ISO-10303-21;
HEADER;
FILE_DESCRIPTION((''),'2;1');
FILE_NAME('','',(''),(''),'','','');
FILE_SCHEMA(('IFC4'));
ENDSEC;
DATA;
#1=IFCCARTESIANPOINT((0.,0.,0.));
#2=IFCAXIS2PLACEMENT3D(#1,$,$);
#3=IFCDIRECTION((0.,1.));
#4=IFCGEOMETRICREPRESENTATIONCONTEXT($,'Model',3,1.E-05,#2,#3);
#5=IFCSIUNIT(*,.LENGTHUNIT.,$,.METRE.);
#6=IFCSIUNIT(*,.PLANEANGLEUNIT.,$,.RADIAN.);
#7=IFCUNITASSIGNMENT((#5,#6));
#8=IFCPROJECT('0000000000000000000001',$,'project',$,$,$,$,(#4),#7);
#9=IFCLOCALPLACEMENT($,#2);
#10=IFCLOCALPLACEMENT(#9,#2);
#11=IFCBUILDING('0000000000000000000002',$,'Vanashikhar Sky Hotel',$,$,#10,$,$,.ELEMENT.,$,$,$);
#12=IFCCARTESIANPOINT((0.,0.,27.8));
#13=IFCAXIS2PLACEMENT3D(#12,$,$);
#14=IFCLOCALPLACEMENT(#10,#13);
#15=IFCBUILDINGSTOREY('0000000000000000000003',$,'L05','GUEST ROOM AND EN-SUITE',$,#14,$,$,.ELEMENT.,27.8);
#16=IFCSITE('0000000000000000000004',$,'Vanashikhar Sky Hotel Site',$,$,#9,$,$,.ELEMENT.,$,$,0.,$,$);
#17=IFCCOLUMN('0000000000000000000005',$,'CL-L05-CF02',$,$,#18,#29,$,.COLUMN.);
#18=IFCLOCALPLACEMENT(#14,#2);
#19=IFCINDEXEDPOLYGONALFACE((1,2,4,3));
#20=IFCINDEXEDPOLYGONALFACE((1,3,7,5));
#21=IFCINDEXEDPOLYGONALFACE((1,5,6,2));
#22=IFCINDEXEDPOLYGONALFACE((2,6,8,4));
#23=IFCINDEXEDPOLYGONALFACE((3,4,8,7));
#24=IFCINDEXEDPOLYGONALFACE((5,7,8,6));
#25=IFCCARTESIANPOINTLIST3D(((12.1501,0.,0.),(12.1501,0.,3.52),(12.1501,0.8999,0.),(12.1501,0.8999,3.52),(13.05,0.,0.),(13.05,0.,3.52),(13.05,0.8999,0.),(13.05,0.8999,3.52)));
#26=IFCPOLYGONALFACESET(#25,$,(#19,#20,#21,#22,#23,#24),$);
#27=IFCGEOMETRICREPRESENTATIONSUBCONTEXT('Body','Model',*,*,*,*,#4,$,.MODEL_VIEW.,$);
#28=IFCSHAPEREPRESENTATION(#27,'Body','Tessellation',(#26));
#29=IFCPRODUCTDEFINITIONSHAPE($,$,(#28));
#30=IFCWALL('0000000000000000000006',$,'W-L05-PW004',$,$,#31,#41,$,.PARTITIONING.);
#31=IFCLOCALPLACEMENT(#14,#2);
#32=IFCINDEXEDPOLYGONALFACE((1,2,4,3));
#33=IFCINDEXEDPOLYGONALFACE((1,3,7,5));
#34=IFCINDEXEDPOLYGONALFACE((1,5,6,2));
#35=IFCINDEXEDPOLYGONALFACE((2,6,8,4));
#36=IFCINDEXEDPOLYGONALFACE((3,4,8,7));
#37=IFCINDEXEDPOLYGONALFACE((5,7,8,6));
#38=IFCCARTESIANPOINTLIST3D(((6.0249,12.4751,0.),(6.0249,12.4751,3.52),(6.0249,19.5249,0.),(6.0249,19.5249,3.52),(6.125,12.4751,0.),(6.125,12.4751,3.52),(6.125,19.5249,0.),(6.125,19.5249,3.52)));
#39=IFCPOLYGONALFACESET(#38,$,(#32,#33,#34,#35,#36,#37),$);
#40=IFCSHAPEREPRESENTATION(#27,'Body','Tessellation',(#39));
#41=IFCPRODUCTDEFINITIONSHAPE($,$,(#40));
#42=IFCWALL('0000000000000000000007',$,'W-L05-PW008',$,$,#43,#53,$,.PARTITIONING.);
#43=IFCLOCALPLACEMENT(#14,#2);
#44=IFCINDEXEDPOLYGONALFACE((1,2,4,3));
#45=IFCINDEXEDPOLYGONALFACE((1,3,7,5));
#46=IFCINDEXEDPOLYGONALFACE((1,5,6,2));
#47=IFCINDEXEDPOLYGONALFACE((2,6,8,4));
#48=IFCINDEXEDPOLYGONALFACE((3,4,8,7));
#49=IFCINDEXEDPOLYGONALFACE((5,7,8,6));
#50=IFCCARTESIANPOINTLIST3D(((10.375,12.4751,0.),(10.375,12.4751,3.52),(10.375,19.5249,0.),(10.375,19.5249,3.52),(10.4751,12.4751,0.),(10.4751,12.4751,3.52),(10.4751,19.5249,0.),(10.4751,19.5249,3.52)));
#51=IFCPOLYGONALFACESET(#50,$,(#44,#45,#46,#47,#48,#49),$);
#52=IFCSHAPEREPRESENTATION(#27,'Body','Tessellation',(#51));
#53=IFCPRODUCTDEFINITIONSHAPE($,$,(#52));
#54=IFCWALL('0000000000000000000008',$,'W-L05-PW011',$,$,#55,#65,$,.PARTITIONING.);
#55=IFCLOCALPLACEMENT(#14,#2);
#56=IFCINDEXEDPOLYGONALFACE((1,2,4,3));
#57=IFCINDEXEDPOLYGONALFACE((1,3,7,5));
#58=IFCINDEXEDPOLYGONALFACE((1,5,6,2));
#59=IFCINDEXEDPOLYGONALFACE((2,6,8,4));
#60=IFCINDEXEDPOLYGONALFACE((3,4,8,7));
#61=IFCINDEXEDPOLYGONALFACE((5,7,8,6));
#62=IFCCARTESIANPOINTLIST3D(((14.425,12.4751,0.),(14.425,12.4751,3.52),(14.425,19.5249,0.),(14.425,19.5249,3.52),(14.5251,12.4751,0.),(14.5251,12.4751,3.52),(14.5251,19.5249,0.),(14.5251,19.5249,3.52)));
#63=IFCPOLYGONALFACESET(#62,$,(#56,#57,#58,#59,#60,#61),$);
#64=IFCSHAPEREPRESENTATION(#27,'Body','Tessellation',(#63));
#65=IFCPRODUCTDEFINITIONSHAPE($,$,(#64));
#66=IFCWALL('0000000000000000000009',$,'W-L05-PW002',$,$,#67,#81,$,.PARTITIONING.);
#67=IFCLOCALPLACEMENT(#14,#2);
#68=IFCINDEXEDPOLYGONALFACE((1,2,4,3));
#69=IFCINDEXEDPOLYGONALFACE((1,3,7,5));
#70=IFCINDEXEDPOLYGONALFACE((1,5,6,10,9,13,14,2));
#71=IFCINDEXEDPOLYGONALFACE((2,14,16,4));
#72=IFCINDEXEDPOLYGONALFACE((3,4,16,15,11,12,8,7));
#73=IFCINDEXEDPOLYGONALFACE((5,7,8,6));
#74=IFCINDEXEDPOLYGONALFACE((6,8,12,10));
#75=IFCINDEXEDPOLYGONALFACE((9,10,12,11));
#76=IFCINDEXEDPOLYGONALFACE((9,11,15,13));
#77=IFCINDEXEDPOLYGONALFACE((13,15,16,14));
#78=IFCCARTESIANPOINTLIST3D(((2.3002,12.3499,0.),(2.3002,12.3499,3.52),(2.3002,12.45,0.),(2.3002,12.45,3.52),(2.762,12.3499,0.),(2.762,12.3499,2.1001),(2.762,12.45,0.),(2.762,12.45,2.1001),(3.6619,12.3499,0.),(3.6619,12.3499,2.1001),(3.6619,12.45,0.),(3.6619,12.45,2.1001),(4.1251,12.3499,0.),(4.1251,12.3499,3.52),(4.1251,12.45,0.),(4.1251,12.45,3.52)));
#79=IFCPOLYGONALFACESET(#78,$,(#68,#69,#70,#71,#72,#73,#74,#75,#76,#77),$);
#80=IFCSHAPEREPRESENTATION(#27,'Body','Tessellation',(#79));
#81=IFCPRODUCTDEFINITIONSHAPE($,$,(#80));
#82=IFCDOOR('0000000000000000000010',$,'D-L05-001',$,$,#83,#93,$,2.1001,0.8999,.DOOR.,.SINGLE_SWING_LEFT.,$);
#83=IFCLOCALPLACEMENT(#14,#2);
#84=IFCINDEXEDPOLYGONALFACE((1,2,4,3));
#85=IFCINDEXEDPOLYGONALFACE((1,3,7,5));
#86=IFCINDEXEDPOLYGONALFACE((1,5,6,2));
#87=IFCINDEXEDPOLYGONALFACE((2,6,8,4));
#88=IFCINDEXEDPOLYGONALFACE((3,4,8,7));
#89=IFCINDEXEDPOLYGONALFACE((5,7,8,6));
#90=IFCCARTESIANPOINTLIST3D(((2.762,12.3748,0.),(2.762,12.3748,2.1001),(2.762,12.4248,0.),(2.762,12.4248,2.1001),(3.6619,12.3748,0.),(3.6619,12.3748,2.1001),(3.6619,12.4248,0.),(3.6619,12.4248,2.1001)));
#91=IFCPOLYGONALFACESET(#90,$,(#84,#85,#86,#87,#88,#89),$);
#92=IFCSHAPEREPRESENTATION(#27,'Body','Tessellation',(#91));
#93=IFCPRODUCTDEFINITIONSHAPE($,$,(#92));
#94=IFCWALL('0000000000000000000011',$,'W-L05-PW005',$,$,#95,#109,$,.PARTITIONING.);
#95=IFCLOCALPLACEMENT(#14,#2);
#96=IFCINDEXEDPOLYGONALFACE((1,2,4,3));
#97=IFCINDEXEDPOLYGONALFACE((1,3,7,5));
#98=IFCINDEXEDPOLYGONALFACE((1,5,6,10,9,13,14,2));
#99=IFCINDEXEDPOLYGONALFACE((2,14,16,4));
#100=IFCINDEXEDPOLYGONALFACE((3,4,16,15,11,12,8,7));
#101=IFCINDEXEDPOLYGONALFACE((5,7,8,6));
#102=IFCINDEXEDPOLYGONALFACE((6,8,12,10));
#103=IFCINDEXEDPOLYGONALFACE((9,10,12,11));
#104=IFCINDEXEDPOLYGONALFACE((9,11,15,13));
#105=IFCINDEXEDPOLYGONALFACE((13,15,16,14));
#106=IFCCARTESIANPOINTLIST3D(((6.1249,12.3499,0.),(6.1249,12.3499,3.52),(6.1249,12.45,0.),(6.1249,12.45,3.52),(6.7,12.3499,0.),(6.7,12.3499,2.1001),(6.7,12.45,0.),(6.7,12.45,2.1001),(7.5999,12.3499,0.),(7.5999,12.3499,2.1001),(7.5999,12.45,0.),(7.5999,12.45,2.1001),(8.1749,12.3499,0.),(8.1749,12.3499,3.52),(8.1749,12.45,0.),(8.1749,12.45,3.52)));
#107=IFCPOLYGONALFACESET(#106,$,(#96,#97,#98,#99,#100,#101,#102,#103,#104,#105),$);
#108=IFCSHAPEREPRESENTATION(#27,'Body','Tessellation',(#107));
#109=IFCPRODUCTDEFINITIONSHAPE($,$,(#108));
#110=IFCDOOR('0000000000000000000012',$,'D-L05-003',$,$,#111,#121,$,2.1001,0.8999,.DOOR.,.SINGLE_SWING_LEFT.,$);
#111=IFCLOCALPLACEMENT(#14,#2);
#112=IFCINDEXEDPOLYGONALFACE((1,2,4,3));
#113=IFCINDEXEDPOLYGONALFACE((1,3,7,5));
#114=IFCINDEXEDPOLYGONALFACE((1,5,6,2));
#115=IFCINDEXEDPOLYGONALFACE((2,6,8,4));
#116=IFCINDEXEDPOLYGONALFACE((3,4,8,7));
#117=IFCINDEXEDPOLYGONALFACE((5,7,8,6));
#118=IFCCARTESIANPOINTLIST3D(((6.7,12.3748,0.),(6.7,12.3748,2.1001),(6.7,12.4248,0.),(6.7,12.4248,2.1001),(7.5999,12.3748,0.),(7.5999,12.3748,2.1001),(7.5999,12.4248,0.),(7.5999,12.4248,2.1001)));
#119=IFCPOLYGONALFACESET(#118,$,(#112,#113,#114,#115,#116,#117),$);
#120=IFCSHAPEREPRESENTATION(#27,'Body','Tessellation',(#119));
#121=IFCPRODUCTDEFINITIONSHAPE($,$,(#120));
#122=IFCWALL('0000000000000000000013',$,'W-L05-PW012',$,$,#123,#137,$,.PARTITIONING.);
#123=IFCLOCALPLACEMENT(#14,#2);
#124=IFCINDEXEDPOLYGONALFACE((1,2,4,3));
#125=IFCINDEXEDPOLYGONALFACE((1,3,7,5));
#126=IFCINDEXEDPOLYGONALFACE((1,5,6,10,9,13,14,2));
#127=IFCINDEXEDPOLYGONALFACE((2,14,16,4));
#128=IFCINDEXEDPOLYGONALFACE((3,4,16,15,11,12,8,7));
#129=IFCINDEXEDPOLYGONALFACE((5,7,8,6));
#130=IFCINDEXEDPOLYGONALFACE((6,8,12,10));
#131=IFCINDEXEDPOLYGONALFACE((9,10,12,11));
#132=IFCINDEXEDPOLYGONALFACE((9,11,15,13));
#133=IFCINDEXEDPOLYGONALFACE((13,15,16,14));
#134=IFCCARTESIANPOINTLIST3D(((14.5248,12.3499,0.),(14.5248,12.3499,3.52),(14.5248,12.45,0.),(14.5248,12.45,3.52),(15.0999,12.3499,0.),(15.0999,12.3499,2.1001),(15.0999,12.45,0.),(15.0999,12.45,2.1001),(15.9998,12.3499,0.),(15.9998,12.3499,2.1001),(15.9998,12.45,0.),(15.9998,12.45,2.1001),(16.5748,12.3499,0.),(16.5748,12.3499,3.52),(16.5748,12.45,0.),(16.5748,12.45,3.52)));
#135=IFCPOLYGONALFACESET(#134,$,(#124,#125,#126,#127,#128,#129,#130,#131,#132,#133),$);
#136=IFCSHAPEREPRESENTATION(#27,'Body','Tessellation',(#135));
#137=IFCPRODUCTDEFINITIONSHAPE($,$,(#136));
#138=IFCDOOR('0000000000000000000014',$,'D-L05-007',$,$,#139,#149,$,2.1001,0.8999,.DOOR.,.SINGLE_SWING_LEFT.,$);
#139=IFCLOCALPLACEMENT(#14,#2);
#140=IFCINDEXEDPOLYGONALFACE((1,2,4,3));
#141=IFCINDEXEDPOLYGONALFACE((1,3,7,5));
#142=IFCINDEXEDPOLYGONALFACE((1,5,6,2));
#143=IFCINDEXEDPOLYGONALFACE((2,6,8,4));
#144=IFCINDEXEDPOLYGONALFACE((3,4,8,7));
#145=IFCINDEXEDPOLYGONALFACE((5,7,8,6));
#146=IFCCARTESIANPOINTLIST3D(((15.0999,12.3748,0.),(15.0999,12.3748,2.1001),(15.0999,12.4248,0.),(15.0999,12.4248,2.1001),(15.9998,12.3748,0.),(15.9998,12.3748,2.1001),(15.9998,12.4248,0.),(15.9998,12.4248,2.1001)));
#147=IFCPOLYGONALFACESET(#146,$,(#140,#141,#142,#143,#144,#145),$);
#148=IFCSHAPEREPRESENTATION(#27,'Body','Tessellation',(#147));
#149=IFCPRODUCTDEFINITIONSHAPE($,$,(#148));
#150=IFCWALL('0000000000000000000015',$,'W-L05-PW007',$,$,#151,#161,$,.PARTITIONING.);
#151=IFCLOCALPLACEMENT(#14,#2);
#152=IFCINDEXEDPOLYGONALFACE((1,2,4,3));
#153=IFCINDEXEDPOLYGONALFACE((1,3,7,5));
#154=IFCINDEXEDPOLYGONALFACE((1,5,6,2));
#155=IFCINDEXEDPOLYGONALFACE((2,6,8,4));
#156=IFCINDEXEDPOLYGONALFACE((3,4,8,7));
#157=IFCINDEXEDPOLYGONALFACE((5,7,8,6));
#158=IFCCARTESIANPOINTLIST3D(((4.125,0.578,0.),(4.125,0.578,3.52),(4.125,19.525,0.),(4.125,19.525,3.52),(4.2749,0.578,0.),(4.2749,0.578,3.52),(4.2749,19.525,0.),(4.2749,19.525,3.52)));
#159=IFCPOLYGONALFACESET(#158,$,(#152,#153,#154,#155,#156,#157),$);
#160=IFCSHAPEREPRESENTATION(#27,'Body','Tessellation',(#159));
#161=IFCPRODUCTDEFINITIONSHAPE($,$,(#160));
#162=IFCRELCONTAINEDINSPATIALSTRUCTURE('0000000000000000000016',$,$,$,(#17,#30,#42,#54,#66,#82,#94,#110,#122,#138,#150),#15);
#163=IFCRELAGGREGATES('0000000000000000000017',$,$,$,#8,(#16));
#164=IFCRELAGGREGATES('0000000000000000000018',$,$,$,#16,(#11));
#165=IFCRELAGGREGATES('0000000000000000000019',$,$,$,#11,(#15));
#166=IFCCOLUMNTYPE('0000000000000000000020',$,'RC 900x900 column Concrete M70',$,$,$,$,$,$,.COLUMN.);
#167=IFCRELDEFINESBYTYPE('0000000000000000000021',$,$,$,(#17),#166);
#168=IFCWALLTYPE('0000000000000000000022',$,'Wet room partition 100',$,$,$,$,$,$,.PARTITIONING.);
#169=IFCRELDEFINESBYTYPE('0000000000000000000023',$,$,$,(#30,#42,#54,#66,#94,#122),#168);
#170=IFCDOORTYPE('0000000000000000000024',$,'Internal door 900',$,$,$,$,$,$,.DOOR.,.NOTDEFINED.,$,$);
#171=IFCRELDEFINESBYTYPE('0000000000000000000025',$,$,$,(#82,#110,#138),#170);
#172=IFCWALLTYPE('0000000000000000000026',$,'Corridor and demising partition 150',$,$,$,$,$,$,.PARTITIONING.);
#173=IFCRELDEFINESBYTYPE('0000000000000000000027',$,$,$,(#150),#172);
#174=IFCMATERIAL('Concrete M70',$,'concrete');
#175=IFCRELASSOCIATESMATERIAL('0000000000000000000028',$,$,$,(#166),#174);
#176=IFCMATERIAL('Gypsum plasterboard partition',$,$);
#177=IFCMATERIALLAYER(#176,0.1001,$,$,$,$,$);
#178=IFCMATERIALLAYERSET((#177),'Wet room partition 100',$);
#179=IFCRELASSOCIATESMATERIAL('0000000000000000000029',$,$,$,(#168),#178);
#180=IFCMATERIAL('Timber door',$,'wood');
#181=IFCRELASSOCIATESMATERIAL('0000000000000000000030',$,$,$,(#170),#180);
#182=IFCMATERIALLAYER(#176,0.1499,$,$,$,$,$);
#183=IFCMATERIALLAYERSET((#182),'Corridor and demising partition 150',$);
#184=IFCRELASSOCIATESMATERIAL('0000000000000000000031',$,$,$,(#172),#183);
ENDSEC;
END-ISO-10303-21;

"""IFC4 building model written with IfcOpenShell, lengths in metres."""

from ifc_helpers import new_model, si_unit, direction, frame, frame_2d, origin, origin_2d, place, context, subcontext, project, spatial, rectangle, extrude, source, transform, mapped, material, layer, layer_set, material_profile, profile_set, type_object, element, fill, save


model = new_model("IFC4")

# Units and contexts
model_context = context("Model", 3, precision=1e-05, world=origin(), true_north=direction((0.0, 1.0)))
body_context = subcontext(model_context, "Body", "Model", "MODEL_VIEW")
ifc_project = project(units=[si_unit("LENGTHUNIT", "METRE"), si_unit("PLANEANGLEUNIT", "RADIAN")], contexts=[model_context])

# Site, building, storey
site_placement = place(None, origin())
site = spatial("IfcSite", under=ifc_project, at=site_placement, Name="Vanashikhar Sky Hotel Site", CompositionType="ELEMENT", RefElevation=0.0)
building_placement = place(site_placement, origin())
building = spatial("IfcBuilding", under=site, at=building_placement, Name="Vanashikhar Sky Hotel", CompositionType="ELEMENT")
storey_placement = place(building_placement, frame((0.0, 0.0, 27.8)))
storey = spatial("IfcBuildingStorey", under=building, at=storey_placement, Name="L05", Description="GUEST ROOM AND EN-SUITE", CompositionType="ELEMENT", Elevation=27.8)

# Column
ifc_material_1 = material(Name="Concrete M70", Category="concrete")
ifc_material_profile = material_profile(ifc_material_1, rectangle(XDim=0.8999, YDim=0.8999, at=origin_2d()))
ifc_profile_set = profile_set([ifc_material_profile], Name="RC 900x900 column Concrete M70")
column_type = type_object("IfcColumnType", Name="RC 900x900 column Concrete M70", PredefinedType="COLUMN", material=ifc_profile_set)
shared_shape_1 = source(origin(), body_context, "Body", "SweptSolid", [
    extrude(rectangle(XDim=0.8999, YDim=0.8999, at=origin_2d()), origin(), (0.0, 0.0, 1.0), 3.52),
])
column_placement = place(storey_placement, frame((12.6001, 0.45, 0.0), z_axis=(0.0, 0.0, 1.0), x_axis=(1.0, 0.0, 0.0)))
element("IfcColumn", 1, at=column_placement, inside=storey, type_object=column_type, Name="CL-L05-CF02", PredefinedType="COLUMN", context=body_context, shape_type="MappedRepresentation", body=[
    mapped(shared_shape_1, transform((0.0, 0.0, 0.0), scale=1.0)),
])

# Walls
ifc_material_2 = material(Name="Gypsum plasterboard partition")
ifc_layer_1 = layer(ifc_material_2, 0.1001)
ifc_layer_set_1 = layer_set([ifc_layer_1], Name="Wet room partition 100")
wall_type_1 = type_object("IfcWallType", Name="Wet room partition 100", PredefinedType="PARTITIONING", material=ifc_layer_set_1)
shared_shape_2 = source(origin(), body_context, "Body", "SweptSolid", [
    extrude(rectangle(XDim=7.0498, YDim=0.1001, at=frame_2d((3.5249, 0.0))), origin(), (0.0, 0.0, 1.0), 3.52),
])
for number, where, z_axis, x_axis, name in (
    (2, (6.075, 12.4751, 0.0), (0.0, 0.0, 1.0), (0.0, 1.0, 0.0), "W-L05-PW004"),
    (3, (10.425, 12.4751, 0.0), (0.0, 0.0, 1.0), (0.0, 1.0, 0.0), "W-L05-PW008"),
    (4, (14.4751, 12.4751, 0.0), (0.0, 0.0, 1.0), (0.0, 1.0, 0.0), "W-L05-PW011"),
):
    element("IfcWall", number, at=place(storey_placement, frame(where, z_axis=z_axis, x_axis=x_axis)), inside=storey, type_object=wall_type_1, Name=name, PredefinedType="PARTITIONING", context=body_context, shape_type="MappedRepresentation", body=[
        mapped(shared_shape_2, transform((0.0, 0.0, 0.0), scale=1.0)),
    ])

# Walls, openings, doors
shared_shape_3 = source(origin(), body_context, "Body", "SweptSolid", [
    extrude(rectangle(XDim=1.825, YDim=0.1001, at=frame_2d((0.9126, 0.0))), origin(), (0.0, 0.0, 1.0), 3.52),
])
wall_1_placement = place(storey_placement, frame((2.3, 12.3999, 0.0), z_axis=(0.0, 0.0, 1.0), x_axis=(1.0, 0.0, 0.0)))
wall_1 = element("IfcWall", 5, at=wall_1_placement, inside=storey, type_object=wall_type_1, Name="W-L05-PW002", PredefinedType="PARTITIONING", context=body_context, shape_type="MappedRepresentation", body=[
    mapped(shared_shape_3, transform((0.0, 0.0, 0.0), scale=1.0)),
])
shared_shape_4 = source(origin(), body_context, "Body", "SweptSolid", [
    extrude(rectangle(XDim=0.8999, YDim=2.1001, at=frame_2d((0.45, 1.05))), frame((0.0, 0.0601, 0.0), z_axis=(0.0, -1.0, 0.0), x_axis=(1.0, 0.0, 0.0)), (0.0, 0.0, 1.0), 0.1201),
])
opening_1_placement = place(wall_1_placement, frame((0.4619, 0.0, 0.0)))
opening_1 = element("IfcOpeningElement", 6, at=opening_1_placement, cuts=wall_1, PredefinedType="OPENING", context=body_context, shape_type="MappedRepresentation", body=[
    mapped(shared_shape_4, transform((0.0, 0.0, 0.0), scale=1.0)),
])
ifc_material_3 = material(Name="Timber door", Category="wood")
door_type_1 = type_object("IfcDoorType", Name="Internal door 900", OperationType="NOTDEFINED", PredefinedType="DOOR", material=ifc_material_3)
shared_shape_5 = source(origin(), body_context, "Body", "SweptSolid", [
    extrude(rectangle(XDim=0.8999, YDim=2.1001, at=frame_2d((0.45, 1.05))), frame((0.0, 0.0249, 0.0), z_axis=(0.0, -1.0, 0.0), x_axis=(1.0, 0.0, 0.0)), (0.0, 0.0, 1.0), 0.05),
])
door_1_placement = place(opening_1_placement, origin())
door_1 = element("IfcDoor", 7, at=door_1_placement, inside=storey, type_object=door_type_1, Name="D-L05-001", OperationType="SINGLE_SWING_LEFT", OverallHeight=2.1001, OverallWidth=0.8999, PredefinedType="DOOR", context=body_context, shape_type="MappedRepresentation", body=[
    mapped(shared_shape_5, transform((0.0, 0.0, 0.0), scale=1.0)),
])
fill(opening_1, door_1)
shared_shape_6 = source(origin(), body_context, "Body", "SweptSolid", [
    extrude(rectangle(XDim=2.05, YDim=0.1001, at=frame_2d((1.0249, 0.0))), origin(), (0.0, 0.0, 1.0), 3.52),
])
wall_2_placement = place(storey_placement, frame((6.125, 12.3999, 0.0), z_axis=(0.0, 0.0, 1.0), x_axis=(1.0, 0.0, 0.0)))
wall_2 = element("IfcWall", 8, at=wall_2_placement, inside=storey, type_object=wall_type_1, Name="W-L05-PW005", PredefinedType="PARTITIONING", context=body_context, shape_type="MappedRepresentation", body=[
    mapped(shared_shape_6, transform((0.0, 0.0, 0.0), scale=1.0)),
])
opening_2_placement = place(wall_2_placement, frame((0.575, 0.0, 0.0)))
opening_2 = element("IfcOpeningElement", 9, at=opening_2_placement, cuts=wall_2, PredefinedType="OPENING", context=body_context, shape_type="MappedRepresentation", body=[
    mapped(shared_shape_4, transform((0.0, 0.0, 0.0), scale=1.0)),
])
door_2_placement = place(opening_2_placement, origin())
door_2 = element("IfcDoor", 10, at=door_2_placement, inside=storey, type_object=door_type_1, Name="D-L05-003", OperationType="SINGLE_SWING_LEFT", OverallHeight=2.1001, OverallWidth=0.8999, PredefinedType="DOOR", context=body_context, shape_type="MappedRepresentation", body=[
    mapped(shared_shape_5, transform((0.0, 0.0, 0.0), scale=1.0)),
])
fill(opening_2, door_2)
wall_3_placement = place(storey_placement, frame((14.5249, 12.3999, 0.0), z_axis=(0.0, 0.0, 1.0), x_axis=(1.0, 0.0, 0.0)))
wall_3 = element("IfcWall", 11, at=wall_3_placement, inside=storey, type_object=wall_type_1, Name="W-L05-PW012", PredefinedType="PARTITIONING", context=body_context, shape_type="MappedRepresentation", body=[
    mapped(shared_shape_6, transform((0.0, 0.0, 0.0), scale=1.0)),
])
opening_3_placement = place(wall_3_placement, frame((0.575, 0.0, 0.0)))
opening_3 = element("IfcOpeningElement", 12, at=opening_3_placement, cuts=wall_3, PredefinedType="OPENING", context=body_context, shape_type="MappedRepresentation", body=[
    mapped(shared_shape_4, transform((0.0, 0.0, 0.0), scale=1.0)),
])
door_3_placement = place(opening_3_placement, origin())
door_3 = element("IfcDoor", 13, at=door_3_placement, inside=storey, type_object=door_type_1, Name="D-L05-007", OperationType="SINGLE_SWING_LEFT", OverallHeight=2.1001, OverallWidth=0.8999, PredefinedType="DOOR", context=body_context, shape_type="MappedRepresentation", body=[
    mapped(shared_shape_5, transform((0.0, 0.0, 0.0), scale=1.0)),
])
fill(opening_3, door_3)

# Wall
ifc_layer_2 = layer(ifc_material_2, 0.1499)
ifc_layer_set_2 = layer_set([ifc_layer_2], Name="Corridor and demising partition 150")
wall_type_2 = type_object("IfcWallType", Name="Corridor and demising partition 150", PredefinedType="PARTITIONING", material=ifc_layer_set_2)
shared_shape_7 = source(origin(), body_context, "Body", "SweptSolid", [
    extrude(rectangle(XDim=18.947, YDim=0.1499, at=frame_2d((9.4736, 0.0))), origin(), (0.0, 0.0, 1.0), 3.52),
])
wall_4_placement = place(storey_placement, frame((4.2, 0.5779, 0.0), z_axis=(0.0, 0.0, 1.0), x_axis=(0.0, 1.0, 0.0)))
element("IfcWall", 14, at=wall_4_placement, inside=storey, type_object=wall_type_2, Name="W-L05-PW007", PredefinedType="PARTITIONING", context=body_context, shape_type="MappedRepresentation", body=[
    mapped(shared_shape_7, transform((0.0, 0.0, 0.0), scale=1.0)),
])

save(model, "model.ifc")
